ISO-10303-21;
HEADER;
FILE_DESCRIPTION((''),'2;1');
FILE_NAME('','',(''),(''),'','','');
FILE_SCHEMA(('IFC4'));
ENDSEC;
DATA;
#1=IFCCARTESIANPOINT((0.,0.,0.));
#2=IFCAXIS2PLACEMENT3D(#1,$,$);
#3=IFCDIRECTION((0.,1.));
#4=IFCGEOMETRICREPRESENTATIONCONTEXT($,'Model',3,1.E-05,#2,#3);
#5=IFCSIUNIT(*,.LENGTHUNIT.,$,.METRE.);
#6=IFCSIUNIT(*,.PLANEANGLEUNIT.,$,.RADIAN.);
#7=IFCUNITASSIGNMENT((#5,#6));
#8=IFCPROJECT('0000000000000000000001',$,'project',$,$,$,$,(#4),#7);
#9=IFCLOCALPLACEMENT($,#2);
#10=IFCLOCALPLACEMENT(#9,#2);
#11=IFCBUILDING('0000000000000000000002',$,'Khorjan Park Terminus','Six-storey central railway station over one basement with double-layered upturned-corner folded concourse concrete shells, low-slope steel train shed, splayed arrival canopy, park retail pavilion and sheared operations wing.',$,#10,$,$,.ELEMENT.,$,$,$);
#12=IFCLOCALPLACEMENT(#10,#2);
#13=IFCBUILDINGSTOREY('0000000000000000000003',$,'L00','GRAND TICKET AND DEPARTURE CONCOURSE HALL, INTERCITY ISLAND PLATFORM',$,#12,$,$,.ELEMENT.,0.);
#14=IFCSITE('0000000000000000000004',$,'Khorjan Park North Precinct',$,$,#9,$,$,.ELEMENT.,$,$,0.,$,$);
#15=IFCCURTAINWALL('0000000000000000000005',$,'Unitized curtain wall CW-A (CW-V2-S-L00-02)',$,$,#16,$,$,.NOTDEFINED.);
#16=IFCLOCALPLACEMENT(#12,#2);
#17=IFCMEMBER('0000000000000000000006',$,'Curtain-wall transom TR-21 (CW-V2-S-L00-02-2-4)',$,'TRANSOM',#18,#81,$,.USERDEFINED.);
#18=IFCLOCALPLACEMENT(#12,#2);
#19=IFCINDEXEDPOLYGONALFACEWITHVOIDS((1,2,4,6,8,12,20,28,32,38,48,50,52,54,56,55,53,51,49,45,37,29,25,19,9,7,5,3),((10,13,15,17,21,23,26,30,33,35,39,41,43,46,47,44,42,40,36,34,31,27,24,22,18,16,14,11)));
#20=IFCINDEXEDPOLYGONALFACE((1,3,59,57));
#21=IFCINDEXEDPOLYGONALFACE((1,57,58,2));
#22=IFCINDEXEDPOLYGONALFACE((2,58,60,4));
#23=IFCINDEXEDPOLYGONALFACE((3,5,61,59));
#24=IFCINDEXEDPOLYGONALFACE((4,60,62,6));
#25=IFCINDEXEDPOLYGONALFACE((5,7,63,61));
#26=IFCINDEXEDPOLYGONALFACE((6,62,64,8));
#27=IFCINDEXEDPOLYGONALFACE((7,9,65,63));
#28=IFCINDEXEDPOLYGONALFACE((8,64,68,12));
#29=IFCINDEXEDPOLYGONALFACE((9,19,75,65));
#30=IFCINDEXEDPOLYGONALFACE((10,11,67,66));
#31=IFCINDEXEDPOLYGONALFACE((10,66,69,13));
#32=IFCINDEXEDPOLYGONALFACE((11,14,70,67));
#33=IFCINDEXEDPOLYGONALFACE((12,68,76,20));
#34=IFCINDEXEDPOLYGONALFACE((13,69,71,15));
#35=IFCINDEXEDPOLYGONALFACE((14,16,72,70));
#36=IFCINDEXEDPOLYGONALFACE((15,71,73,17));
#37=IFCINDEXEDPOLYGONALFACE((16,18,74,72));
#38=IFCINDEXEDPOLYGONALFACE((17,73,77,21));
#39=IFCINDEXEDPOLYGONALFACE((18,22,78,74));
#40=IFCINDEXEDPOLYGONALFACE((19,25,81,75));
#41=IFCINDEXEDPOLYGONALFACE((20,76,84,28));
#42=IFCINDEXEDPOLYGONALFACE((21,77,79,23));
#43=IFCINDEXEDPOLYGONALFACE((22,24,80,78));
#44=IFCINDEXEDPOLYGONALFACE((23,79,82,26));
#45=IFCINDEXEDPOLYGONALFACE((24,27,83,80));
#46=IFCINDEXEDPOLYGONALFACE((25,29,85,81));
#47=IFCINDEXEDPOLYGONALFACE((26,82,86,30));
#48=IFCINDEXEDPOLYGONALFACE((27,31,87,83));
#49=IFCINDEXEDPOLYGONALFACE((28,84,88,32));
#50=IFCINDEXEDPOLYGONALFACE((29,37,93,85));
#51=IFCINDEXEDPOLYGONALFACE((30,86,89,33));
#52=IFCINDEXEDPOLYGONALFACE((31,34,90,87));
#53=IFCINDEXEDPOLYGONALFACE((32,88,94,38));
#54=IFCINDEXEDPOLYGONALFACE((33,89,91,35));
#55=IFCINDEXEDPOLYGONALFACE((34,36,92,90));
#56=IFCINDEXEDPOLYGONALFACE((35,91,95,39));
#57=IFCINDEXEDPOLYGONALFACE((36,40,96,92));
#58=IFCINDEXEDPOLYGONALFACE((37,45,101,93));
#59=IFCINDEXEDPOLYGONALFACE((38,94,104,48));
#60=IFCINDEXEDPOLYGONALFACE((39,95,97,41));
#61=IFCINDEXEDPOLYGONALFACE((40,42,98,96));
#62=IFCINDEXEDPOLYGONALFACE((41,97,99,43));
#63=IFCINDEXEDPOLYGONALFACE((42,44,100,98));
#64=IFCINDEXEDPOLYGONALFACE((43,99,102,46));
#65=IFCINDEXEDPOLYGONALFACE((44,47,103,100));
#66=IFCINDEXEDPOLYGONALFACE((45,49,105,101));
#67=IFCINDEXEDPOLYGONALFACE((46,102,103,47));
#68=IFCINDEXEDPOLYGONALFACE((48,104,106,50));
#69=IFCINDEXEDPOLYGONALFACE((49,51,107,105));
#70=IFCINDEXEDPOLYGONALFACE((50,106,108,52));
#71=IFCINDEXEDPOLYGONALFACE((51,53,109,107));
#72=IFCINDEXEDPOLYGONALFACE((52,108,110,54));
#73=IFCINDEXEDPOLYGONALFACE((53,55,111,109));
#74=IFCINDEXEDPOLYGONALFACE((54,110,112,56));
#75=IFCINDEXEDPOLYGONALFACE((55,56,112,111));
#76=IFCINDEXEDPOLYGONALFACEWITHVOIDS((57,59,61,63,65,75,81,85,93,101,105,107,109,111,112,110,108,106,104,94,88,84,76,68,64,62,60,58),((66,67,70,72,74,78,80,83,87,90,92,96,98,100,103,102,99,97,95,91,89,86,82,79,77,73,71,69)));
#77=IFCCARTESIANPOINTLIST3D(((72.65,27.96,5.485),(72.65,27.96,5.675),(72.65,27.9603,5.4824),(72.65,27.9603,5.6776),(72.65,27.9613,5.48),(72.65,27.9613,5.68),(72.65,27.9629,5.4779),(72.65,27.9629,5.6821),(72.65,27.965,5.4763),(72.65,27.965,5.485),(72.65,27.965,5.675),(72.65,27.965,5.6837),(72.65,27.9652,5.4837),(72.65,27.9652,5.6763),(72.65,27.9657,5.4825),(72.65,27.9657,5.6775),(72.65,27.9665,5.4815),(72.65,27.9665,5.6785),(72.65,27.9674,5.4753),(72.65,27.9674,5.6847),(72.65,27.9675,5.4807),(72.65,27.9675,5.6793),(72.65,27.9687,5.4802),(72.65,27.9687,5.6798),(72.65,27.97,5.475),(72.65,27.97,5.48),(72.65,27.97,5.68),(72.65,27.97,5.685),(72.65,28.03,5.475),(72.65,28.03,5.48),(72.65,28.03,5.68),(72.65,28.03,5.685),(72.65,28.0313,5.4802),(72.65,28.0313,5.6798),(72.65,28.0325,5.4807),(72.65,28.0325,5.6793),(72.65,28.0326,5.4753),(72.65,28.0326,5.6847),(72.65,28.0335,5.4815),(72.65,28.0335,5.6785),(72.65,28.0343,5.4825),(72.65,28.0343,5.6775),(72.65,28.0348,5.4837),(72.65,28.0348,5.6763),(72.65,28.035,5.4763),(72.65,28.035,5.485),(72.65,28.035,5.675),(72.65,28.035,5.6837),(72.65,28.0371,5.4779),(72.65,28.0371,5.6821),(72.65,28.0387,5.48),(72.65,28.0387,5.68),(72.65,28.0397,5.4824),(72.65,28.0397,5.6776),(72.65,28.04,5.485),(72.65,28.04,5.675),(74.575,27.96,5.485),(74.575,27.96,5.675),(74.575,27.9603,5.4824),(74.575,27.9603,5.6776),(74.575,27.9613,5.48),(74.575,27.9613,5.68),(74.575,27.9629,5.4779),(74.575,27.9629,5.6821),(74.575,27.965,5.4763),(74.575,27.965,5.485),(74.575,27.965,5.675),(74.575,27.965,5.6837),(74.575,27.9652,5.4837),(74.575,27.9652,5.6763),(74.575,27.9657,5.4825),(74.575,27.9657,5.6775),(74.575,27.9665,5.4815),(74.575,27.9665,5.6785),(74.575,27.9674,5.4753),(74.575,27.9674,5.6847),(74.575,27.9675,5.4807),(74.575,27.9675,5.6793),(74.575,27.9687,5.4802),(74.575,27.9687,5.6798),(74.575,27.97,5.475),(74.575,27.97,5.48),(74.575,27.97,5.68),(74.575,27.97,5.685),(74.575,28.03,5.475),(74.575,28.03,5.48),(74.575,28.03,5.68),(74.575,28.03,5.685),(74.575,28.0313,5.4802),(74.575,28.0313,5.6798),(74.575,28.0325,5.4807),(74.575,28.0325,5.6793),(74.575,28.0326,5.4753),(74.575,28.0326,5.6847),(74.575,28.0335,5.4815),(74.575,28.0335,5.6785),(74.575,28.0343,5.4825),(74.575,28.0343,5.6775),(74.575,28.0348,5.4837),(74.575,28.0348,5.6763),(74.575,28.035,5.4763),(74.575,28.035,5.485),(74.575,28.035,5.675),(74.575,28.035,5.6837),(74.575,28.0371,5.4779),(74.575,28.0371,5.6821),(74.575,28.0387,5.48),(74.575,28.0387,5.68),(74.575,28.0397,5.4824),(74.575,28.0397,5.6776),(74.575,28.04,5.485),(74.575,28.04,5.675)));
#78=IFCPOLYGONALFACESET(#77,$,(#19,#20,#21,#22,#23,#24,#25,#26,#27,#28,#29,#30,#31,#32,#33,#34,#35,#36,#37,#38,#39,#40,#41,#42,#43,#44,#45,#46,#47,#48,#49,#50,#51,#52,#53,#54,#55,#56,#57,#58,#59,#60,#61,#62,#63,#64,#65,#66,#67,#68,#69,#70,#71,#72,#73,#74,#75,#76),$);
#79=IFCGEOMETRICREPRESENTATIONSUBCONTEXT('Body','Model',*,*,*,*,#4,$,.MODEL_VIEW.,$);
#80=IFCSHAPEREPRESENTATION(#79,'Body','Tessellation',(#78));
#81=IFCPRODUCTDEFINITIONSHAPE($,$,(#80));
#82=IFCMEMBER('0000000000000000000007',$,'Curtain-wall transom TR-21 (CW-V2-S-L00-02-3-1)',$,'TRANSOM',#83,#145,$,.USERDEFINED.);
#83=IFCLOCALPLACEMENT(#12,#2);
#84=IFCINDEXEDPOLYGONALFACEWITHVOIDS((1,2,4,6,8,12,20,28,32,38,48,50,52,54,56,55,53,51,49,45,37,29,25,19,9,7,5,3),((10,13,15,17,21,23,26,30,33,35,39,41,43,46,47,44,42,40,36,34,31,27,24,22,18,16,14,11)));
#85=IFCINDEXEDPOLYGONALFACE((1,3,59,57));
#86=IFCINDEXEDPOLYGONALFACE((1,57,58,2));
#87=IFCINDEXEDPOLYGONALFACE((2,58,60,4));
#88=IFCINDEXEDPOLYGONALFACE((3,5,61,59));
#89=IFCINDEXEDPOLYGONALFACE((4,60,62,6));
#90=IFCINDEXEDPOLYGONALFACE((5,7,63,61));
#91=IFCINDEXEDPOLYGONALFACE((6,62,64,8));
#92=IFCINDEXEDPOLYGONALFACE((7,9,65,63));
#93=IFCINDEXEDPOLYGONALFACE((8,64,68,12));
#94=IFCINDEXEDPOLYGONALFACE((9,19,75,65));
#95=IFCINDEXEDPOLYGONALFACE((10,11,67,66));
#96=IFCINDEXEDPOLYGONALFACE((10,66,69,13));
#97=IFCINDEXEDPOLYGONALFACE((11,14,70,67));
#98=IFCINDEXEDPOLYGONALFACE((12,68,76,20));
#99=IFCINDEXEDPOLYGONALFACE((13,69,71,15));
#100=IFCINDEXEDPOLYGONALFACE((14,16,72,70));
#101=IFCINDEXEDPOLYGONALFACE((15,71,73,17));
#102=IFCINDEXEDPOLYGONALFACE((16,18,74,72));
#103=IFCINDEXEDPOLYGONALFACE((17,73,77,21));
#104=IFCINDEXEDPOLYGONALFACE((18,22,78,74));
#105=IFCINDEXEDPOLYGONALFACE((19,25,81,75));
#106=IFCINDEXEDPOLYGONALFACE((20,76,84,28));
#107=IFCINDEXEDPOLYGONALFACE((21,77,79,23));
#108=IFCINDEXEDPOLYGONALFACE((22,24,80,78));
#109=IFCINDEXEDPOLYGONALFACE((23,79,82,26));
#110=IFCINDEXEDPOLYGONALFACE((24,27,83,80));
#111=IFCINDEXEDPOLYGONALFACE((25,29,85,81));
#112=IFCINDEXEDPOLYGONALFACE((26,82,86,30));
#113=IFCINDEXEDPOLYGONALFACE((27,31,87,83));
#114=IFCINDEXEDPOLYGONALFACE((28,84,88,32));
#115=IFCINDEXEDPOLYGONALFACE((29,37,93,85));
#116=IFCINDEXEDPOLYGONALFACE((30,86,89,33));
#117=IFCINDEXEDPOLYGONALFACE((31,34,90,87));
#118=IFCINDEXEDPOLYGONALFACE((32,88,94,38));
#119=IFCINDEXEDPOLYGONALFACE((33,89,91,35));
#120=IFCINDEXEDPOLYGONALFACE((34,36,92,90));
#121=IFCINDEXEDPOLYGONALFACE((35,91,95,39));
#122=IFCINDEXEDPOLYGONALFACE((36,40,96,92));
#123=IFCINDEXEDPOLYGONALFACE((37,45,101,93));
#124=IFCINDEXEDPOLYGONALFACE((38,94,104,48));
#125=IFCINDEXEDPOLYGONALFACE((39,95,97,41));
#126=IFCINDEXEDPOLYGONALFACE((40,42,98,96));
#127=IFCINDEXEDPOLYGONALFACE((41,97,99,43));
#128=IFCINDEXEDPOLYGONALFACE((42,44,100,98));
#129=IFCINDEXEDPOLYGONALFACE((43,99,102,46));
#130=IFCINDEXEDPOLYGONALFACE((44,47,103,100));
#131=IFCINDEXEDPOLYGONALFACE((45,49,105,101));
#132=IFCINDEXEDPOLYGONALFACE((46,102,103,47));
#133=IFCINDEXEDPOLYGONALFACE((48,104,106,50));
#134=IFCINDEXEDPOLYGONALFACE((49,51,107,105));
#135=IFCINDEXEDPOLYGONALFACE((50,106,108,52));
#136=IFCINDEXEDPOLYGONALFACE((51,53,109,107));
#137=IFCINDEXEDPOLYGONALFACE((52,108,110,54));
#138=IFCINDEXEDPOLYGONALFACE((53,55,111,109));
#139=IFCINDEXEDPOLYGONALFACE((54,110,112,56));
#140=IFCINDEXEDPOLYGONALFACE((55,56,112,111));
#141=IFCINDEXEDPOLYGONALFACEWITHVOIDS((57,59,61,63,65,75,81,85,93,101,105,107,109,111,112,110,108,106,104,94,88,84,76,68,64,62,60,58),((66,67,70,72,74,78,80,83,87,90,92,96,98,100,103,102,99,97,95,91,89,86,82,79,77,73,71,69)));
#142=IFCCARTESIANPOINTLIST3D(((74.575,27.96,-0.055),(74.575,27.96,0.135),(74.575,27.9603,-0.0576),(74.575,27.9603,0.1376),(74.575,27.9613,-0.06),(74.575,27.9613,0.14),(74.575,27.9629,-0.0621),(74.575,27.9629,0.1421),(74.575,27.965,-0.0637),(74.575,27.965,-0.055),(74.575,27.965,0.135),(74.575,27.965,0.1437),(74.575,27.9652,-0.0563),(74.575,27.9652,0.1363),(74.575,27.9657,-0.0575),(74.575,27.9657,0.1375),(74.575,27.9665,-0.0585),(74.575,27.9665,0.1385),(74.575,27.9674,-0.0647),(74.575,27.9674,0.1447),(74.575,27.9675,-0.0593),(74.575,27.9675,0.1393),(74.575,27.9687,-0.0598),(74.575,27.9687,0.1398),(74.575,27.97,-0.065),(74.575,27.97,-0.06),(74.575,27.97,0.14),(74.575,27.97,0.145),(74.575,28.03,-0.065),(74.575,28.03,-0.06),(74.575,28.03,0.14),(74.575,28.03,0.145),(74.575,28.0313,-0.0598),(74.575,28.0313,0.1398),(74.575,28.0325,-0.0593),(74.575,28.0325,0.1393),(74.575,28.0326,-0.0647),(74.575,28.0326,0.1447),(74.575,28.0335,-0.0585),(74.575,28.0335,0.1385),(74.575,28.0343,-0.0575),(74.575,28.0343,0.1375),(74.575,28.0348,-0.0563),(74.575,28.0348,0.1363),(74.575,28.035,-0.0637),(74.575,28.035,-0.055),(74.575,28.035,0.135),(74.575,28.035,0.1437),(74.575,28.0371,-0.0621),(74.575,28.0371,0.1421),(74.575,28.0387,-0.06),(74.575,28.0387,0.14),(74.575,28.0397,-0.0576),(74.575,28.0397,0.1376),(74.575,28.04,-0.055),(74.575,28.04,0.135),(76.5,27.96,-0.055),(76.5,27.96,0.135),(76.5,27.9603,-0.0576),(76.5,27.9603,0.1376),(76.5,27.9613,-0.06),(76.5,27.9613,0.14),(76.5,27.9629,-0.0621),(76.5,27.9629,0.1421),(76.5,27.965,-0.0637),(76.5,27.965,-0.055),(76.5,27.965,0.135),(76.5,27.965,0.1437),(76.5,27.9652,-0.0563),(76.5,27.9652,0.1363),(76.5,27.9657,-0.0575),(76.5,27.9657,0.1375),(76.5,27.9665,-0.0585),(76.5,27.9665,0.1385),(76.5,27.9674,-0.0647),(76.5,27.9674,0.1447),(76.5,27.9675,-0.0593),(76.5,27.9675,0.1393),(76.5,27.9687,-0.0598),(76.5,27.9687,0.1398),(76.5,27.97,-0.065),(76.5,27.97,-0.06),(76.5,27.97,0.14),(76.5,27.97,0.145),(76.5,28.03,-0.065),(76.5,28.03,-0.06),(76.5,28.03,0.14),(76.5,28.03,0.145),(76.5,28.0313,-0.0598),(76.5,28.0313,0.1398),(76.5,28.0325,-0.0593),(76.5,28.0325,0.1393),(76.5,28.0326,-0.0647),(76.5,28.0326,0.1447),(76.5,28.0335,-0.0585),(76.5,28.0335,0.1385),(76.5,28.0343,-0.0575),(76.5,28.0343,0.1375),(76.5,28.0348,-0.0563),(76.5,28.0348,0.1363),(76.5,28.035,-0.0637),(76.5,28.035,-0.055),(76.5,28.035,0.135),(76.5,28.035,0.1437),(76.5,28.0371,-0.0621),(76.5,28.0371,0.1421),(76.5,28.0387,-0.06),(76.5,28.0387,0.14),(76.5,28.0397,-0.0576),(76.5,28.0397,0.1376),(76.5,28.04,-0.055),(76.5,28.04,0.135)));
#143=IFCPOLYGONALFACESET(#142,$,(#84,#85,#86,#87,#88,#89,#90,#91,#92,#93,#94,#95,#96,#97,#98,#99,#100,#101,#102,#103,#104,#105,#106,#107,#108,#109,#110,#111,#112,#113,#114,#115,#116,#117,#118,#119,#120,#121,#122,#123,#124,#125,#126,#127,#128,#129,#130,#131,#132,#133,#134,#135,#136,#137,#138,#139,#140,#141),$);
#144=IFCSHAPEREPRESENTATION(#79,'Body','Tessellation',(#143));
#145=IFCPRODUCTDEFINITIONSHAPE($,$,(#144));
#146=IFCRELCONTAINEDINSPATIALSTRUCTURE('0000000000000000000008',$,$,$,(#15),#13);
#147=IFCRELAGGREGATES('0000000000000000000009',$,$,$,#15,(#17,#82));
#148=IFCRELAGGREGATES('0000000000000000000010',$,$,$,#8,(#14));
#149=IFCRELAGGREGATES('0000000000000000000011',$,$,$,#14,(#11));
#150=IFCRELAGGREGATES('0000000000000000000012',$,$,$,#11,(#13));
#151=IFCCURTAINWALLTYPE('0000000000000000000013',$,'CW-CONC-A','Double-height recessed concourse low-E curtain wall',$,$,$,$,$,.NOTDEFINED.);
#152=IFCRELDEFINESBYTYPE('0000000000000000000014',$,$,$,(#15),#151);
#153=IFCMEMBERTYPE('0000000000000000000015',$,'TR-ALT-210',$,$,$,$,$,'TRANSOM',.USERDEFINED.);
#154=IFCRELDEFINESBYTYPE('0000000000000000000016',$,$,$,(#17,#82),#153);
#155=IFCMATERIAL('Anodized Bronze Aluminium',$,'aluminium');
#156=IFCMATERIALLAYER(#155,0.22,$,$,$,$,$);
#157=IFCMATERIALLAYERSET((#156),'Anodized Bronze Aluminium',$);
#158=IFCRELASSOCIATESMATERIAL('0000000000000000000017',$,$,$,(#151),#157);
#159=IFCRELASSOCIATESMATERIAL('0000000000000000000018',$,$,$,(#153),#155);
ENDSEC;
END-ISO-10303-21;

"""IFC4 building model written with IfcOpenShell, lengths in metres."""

from ifc_helpers import new_model, si_unit, direction, frame, origin, origin_2d, place, context, subcontext, project, spatial, hollow_rectangle, extrude, material, layer, layer_set, material_profile, profile_set, type_object, element, aggregate, save


model = new_model("IFC4")

# Units and contexts
model_context = context("Model", 3, precision=1e-05, world=origin(), true_north=direction((0.0, 1.0)))
body_context = subcontext(model_context, "Body", "Model", "MODEL_VIEW")
ifc_project = project(units=[si_unit("LENGTHUNIT", "METRE"), si_unit("PLANEANGLEUNIT", "RADIAN")], contexts=[model_context])

# Site, building, storey
site_placement = place(None, origin())
site = spatial("IfcSite", under=ifc_project, at=site_placement, Name="Khorjan Park North Precinct", CompositionType="ELEMENT", RefElevation=0.0)
building_placement = place(site_placement, origin())
building = spatial("IfcBuilding", under=site, at=building_placement, Name="Khorjan Park Terminus", Description="Six-storey central railway station over one basement with double-layered upturned-corner folded concourse concrete shells, low-slope steel train shed, splayed arrival canopy, park retail pavilion and sheared operations wing.", CompositionType="ELEMENT")
storey_placement = place(building_placement, origin())
storey = spatial("IfcBuildingStorey", under=building, at=storey_placement, Name="L00", Description="GRAND TICKET AND DEPARTURE CONCOURSE HALL, INTERCITY ISLAND PLATFORM", CompositionType="ELEMENT", Elevation=0.0)

# Curtain wall, members
ifc_material_1 = material(Name="Anodized Bronze Aluminium", Category="aluminium")
ifc_layer_1 = layer(ifc_material_1, 0.22)
ifc_layer_set_1 = layer_set([ifc_layer_1], Name="Anodized Bronze Aluminium")
curtain_wall_type = type_object("IfcCurtainWallType", Name="CW-CONC-A", Description="Double-height recessed concourse low-E curtain wall", PredefinedType="NOTDEFINED", material=ifc_layer_set_1)
curtain_wall_placement = place(storey_placement, origin())
curtain_wall = element("IfcCurtainWall", 1, at=curtain_wall_placement, inside=storey, type_object=curtain_wall_type, Name="Unitized curtain wall CW-A (CW-V2-S-L00-02)", PredefinedType="NOTDEFINED")
ifc_material_profile_1 = material_profile(ifc_material_1, hollow_rectangle(XDim=0.08, YDim=0.21, WallThickness=0.005, InnerFilletRadius=0.005, OuterFilletRadius=0.01, at=origin_2d()), Name="ALT 80x210x5")
ifc_profile_set_1 = profile_set([ifc_material_profile_1], Name="Anodized Bronze Aluminium")
member_type_1 = type_object("IfcMemberType", Name="TR-ALT-210", ElementType="TRANSOM", PredefinedType="USERDEFINED", material=ifc_profile_set_1)
member_1_placement = place(storey_placement, frame((72.65, 28.0, 5.58), z_axis=(1.0, 0.0, 0.0), x_axis=(0.0, 1.0, 0.0)))
member_1 = element("IfcMember", 2, at=member_1_placement, type_object=member_type_1, Name="Curtain-wall transom TR-21 (CW-V2-S-L00-02-2-4)", ObjectType="TRANSOM", PredefinedType="USERDEFINED", context=body_context, shape_type="SweptSolid", body=[
    extrude(hollow_rectangle(XDim=0.08, YDim=0.21, WallThickness=0.005, InnerFilletRadius=0.005, OuterFilletRadius=0.01, at=origin_2d()), origin(), (0.0, 0.0, 1.0), 1.925),
])
member_2_placement = place(storey_placement, frame((74.575, 28.0, 0.04), z_axis=(1.0, 0.0, 0.0), x_axis=(0.0, 1.0, 0.0)))
member_2 = element("IfcMember", 3, at=member_2_placement, type_object=member_type_1, Name="Curtain-wall transom TR-21 (CW-V2-S-L00-02-3-1)", ObjectType="TRANSOM", PredefinedType="USERDEFINED", context=body_context, shape_type="SweptSolid", body=[
    extrude(hollow_rectangle(XDim=0.08, YDim=0.21, WallThickness=0.005, InnerFilletRadius=0.005, OuterFilletRadius=0.01, at=origin_2d()), origin(), (0.0, 0.0, 1.0), 1.925),
])
aggregate(curtain_wall, [member_1, member_2])

save(model, "model.ifc")
